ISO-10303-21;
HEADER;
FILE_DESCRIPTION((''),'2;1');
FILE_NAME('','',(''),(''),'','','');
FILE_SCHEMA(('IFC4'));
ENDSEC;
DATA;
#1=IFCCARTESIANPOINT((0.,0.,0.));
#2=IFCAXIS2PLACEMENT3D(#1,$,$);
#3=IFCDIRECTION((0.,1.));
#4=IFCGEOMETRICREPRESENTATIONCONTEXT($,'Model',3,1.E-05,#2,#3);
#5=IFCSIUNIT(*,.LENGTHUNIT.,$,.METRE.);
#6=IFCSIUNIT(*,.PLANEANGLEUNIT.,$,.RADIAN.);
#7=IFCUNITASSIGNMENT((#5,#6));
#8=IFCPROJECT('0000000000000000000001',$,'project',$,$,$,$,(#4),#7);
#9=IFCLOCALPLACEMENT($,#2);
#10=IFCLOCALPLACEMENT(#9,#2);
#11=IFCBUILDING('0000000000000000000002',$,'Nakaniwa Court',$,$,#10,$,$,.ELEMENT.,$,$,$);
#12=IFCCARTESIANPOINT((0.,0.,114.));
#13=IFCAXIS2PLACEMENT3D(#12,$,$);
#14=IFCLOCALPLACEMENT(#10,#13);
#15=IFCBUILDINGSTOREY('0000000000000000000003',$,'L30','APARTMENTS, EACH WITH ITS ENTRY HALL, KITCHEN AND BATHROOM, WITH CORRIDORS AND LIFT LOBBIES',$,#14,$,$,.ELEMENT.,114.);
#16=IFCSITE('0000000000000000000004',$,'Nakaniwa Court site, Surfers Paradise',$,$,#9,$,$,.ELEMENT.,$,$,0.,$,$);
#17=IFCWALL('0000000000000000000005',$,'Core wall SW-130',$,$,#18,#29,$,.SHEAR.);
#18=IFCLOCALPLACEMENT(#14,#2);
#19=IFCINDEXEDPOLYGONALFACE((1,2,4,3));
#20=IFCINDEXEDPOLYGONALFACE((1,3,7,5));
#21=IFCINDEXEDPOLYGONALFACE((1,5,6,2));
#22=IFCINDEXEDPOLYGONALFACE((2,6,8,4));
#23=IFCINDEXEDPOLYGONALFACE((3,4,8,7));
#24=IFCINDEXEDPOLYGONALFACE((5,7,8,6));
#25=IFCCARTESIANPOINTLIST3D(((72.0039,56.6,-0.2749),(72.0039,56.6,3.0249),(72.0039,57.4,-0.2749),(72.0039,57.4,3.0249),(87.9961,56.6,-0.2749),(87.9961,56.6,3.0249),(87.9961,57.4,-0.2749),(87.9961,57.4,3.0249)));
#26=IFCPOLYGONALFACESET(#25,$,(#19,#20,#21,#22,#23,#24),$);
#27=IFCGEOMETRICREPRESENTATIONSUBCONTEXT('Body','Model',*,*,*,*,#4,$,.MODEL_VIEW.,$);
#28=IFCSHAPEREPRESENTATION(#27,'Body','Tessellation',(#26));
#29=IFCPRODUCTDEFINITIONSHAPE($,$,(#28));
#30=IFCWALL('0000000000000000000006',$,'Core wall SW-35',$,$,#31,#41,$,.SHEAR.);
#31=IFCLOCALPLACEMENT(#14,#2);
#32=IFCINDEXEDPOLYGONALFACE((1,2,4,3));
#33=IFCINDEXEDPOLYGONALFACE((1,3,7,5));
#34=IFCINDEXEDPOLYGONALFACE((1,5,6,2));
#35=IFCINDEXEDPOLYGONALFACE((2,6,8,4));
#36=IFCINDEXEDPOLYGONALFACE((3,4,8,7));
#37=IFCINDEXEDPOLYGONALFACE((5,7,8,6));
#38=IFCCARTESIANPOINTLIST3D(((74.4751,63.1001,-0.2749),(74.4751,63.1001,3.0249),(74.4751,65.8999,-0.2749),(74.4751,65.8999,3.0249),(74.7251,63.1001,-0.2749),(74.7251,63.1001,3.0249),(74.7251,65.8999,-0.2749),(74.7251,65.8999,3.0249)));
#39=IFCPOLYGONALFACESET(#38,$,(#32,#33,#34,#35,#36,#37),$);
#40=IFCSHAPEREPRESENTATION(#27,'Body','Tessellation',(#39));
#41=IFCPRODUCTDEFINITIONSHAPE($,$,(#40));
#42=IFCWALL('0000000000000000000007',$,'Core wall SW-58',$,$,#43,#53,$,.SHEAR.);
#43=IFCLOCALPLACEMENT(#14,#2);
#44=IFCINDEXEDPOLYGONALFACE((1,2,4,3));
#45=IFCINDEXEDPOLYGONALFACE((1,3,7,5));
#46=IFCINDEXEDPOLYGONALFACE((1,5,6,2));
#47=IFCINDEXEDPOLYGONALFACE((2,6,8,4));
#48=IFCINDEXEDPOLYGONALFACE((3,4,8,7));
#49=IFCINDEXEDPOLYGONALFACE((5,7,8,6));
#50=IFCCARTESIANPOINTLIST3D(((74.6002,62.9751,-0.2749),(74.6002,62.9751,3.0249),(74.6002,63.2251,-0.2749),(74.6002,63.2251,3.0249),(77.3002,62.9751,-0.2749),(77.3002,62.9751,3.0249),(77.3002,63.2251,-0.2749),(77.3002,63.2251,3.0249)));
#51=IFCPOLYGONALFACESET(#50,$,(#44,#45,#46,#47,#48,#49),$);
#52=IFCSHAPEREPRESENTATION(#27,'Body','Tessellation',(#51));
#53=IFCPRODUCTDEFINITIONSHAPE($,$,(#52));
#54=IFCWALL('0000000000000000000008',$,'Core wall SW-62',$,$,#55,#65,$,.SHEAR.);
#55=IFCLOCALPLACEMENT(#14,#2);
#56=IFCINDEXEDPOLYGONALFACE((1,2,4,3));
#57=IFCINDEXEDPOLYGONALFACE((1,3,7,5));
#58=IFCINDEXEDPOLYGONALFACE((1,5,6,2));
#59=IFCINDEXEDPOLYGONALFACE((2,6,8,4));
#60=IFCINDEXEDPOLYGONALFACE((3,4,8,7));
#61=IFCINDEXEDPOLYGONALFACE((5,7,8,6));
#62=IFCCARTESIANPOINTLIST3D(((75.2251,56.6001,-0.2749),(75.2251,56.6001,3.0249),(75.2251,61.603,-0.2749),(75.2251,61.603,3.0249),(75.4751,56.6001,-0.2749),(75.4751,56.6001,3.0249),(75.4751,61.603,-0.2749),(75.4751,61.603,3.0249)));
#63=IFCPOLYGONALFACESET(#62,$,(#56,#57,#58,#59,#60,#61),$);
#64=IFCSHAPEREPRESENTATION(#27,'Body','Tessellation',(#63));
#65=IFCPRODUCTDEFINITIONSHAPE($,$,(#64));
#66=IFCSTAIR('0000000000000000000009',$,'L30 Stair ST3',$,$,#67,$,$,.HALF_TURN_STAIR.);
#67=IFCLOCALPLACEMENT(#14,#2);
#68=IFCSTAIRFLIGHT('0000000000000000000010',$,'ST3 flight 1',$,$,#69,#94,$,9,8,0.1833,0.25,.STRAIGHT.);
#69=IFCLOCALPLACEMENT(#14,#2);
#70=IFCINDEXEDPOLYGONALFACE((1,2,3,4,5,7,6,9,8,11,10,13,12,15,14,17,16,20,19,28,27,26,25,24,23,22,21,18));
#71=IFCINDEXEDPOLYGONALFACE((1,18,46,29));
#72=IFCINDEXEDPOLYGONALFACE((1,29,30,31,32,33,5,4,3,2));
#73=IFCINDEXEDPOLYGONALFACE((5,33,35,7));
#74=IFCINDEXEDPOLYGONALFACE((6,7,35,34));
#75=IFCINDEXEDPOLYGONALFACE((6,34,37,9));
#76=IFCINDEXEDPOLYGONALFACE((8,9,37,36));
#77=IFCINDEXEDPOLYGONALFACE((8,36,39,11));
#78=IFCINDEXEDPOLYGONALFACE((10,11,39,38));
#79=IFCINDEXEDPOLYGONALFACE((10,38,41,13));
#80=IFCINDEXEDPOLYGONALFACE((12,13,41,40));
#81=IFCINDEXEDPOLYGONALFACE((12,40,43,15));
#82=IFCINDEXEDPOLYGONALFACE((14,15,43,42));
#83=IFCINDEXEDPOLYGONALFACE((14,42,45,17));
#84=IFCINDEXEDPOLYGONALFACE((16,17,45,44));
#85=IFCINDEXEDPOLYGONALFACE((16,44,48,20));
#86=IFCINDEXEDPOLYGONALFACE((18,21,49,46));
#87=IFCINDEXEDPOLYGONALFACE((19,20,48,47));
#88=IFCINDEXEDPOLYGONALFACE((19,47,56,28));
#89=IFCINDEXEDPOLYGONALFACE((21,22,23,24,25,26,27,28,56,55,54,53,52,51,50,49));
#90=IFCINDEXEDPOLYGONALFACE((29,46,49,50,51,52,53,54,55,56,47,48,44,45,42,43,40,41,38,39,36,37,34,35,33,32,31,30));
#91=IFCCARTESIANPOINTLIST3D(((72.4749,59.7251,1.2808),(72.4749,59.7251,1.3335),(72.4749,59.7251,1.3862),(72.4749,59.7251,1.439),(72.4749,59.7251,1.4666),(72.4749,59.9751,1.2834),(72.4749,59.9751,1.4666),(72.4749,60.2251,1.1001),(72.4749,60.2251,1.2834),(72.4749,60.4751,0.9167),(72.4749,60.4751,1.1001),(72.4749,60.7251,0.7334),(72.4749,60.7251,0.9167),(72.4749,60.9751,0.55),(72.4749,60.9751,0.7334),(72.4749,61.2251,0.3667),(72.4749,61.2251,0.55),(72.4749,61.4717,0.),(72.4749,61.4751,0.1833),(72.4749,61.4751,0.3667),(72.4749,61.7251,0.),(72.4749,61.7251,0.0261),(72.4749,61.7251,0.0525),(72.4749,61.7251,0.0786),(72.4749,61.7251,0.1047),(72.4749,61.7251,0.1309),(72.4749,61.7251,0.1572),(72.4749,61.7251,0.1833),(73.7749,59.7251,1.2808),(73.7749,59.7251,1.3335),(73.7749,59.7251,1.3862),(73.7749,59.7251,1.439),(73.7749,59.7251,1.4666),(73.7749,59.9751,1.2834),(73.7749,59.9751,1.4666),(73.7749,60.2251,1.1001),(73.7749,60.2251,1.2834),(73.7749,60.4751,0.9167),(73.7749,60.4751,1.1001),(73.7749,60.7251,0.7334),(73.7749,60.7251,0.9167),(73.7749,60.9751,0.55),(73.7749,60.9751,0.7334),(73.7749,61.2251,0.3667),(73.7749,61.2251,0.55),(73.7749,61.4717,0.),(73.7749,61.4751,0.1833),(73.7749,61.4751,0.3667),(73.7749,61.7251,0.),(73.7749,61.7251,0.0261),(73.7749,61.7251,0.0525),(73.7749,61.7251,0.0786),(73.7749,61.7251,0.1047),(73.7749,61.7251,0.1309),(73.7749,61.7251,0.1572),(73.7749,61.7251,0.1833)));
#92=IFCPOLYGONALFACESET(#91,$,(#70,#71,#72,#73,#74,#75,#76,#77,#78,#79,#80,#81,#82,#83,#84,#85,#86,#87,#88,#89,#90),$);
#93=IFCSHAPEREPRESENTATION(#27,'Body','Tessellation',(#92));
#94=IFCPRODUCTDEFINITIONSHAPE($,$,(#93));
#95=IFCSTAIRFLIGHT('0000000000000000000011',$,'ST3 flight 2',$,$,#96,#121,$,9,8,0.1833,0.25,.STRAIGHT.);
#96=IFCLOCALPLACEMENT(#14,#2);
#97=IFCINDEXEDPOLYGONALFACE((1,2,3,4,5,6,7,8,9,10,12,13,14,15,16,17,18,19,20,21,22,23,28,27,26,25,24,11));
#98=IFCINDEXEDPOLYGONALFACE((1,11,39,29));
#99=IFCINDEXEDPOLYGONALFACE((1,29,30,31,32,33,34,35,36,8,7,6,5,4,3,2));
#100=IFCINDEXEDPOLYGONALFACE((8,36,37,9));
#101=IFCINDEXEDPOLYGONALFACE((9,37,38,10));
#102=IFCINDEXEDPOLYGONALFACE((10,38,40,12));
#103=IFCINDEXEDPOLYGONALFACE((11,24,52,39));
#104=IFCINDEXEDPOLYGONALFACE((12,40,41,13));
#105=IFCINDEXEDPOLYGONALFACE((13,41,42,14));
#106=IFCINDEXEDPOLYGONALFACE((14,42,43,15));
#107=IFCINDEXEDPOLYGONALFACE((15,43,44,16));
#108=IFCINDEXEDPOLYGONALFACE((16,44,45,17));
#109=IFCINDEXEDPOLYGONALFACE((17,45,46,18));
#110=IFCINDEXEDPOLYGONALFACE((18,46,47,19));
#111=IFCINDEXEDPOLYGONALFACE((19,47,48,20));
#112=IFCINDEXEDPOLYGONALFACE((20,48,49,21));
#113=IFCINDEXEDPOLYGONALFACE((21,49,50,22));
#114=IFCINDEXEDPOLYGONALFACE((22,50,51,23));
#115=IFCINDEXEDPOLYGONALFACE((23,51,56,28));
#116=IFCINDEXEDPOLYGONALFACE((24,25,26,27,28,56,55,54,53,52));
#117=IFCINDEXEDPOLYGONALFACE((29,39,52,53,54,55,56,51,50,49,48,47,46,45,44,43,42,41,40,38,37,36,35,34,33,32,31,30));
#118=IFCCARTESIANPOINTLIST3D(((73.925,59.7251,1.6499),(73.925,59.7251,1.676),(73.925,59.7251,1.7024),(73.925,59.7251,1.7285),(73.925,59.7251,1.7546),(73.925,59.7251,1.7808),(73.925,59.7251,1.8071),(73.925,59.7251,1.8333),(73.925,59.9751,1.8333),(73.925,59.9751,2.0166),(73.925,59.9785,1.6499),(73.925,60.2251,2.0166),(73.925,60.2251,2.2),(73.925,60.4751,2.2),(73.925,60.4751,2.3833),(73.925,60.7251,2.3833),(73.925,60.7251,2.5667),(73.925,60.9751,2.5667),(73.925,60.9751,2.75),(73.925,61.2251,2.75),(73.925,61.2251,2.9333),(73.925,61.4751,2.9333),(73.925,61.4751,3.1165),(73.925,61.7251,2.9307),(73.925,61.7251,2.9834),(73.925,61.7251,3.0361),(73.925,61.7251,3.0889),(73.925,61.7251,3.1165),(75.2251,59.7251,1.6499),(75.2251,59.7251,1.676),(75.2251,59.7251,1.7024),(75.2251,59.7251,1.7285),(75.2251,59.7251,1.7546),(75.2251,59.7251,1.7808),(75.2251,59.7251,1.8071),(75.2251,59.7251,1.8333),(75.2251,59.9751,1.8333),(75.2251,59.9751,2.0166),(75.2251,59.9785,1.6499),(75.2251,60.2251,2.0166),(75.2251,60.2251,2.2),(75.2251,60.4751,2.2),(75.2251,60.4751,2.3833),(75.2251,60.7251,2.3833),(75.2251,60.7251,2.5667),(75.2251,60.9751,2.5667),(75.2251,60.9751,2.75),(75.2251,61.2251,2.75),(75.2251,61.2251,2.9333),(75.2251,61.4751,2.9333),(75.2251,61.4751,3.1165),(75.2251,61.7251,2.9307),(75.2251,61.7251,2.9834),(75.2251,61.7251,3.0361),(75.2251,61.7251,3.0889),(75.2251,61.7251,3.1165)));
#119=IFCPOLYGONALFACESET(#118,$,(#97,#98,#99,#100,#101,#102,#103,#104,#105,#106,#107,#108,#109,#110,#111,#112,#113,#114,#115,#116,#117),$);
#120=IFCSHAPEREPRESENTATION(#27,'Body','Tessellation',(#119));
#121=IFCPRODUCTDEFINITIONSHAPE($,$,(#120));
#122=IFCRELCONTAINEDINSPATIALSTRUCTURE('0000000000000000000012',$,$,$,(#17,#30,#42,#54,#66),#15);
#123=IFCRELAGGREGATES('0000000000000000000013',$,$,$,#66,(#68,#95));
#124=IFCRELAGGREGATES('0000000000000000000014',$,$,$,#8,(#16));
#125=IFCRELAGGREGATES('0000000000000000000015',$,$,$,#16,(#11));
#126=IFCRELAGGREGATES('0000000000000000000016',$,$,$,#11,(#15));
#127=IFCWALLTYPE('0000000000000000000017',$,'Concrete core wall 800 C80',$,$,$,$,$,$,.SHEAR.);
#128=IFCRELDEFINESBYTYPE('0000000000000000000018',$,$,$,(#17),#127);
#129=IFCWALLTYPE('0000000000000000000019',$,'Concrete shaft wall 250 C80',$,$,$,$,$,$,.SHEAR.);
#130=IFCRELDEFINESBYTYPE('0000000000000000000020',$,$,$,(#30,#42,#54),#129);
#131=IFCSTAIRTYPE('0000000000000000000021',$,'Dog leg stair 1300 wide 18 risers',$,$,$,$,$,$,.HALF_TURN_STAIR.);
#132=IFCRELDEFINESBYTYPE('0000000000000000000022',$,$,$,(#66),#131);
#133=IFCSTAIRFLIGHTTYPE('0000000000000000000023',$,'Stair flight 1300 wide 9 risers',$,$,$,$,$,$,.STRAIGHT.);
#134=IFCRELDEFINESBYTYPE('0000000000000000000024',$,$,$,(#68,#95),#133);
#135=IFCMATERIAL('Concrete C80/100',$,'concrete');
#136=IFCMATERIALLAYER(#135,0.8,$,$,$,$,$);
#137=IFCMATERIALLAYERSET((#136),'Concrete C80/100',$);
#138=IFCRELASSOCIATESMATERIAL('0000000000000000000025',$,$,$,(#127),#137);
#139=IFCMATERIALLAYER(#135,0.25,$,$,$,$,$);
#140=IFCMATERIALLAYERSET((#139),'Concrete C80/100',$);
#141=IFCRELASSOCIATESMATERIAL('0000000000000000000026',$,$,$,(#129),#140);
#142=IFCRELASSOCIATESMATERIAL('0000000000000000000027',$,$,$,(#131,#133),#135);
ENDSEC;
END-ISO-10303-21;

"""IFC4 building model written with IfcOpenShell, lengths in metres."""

from ifc_helpers import new_model, si_unit, direction, frame, frame_2d, origin, place, context, subcontext, project, spatial, polyline, rectangle, outline, extrude, material, layer, layer_set, type_object, element, aggregate, save


model = new_model("IFC4")

# Units and contexts
model_context = context("Model", 3, precision=1e-05, world=origin(), true_north=direction((0.0, 1.0)))
body_context = subcontext(model_context, "Body", "Model", "MODEL_VIEW")
ifc_project = project(units=[si_unit("LENGTHUNIT", "METRE"), si_unit("PLANEANGLEUNIT", "RADIAN")], contexts=[model_context])

# Site, building, storey
site_placement = place(None, origin())
site = spatial("IfcSite", under=ifc_project, at=site_placement, Name="Nakaniwa Court site, Surfers Paradise", CompositionType="ELEMENT", RefElevation=0.0)
building_placement = place(site_placement, origin())
building = spatial("IfcBuilding", under=site, at=building_placement, Name="Nakaniwa Court", CompositionType="ELEMENT")
storey_placement = place(building_placement, frame((0.0, 0.0, 114.0)))
storey = spatial("IfcBuildingStorey", under=building, at=storey_placement, Name="L30", Description="APARTMENTS, EACH WITH ITS ENTRY HALL, KITCHEN AND BATHROOM, WITH CORRIDORS AND LIFT LOBBIES", CompositionType="ELEMENT", Elevation=114.0)

# Shared definitions
ifc_material_1 = material(Name="Concrete C80/100", Category="concrete")

# Walls
ifc_layer_1 = layer(ifc_material_1, 0.8)
ifc_layer_set_1 = layer_set([ifc_layer_1], Name="Concrete C80/100")
wall_type_1 = type_object("IfcWallType", Name="Concrete core wall 800 C80", PredefinedType="SHEAR", material=ifc_layer_set_1)
wall_1_placement = place(storey_placement, frame((72.0039, 57.0, -0.2749), z_axis=(0.0, 0.0, 1.0), x_axis=(1.0, 0.0, 0.0)))
element("IfcWall", 1, at=wall_1_placement, inside=storey, type_object=wall_type_1, Name="Core wall SW-130", PredefinedType="SHEAR", context=body_context, shape_type="SweptSolid", body=[
    extrude(rectangle(XDim=15.9922, YDim=0.8, at=frame_2d((7.9961, 0.0))), origin(), (0.0, 0.0, 1.0), 3.2998),
])
ifc_layer_2 = layer(ifc_material_1, 0.25)
ifc_layer_set_2 = layer_set([ifc_layer_2], Name="Concrete C80/100")
wall_type_2 = type_object("IfcWallType", Name="Concrete shaft wall 250 C80", PredefinedType="SHEAR", material=ifc_layer_set_2)
wall_2_placement = place(storey_placement, frame((74.6001, 63.1001, -0.2749), z_axis=(0.0, 0.0, 1.0), x_axis=(0.0, 1.0, 0.0)))
element("IfcWall", 2, at=wall_2_placement, inside=storey, type_object=wall_type_2, Name="Core wall SW-35", PredefinedType="SHEAR", context=body_context, shape_type="SweptSolid", body=[
    extrude(rectangle(XDim=2.7998, YDim=0.25, at=frame_2d((1.3999, 0.0))), origin(), (0.0, 0.0, 1.0), 3.2998),
])
wall_3_placement = place(storey_placement, frame((74.6001, 63.1001, -0.2749), z_axis=(0.0, 0.0, 1.0), x_axis=(1.0, 0.0, 0.0)))
element("IfcWall", 3, at=wall_3_placement, inside=storey, type_object=wall_type_2, Name="Core wall SW-58", PredefinedType="SHEAR", context=body_context, shape_type="SweptSolid", body=[
    extrude(rectangle(XDim=2.7, YDim=0.25, at=frame_2d((1.3501, 0.0))), origin(), (0.0, 0.0, 1.0), 3.2998),
])
wall_4_placement = place(storey_placement, frame((75.3501, 56.6001, -0.2749), z_axis=(0.0, 0.0, 1.0), x_axis=(0.0, 1.0, 0.0)))
element("IfcWall", 4, at=wall_4_placement, inside=storey, type_object=wall_type_2, Name="Core wall SW-62", PredefinedType="SHEAR", context=body_context, shape_type="SweptSolid", body=[
    extrude(rectangle(XDim=5.0029, YDim=0.25, at=frame_2d((2.5015, 0.0))), origin(), (0.0, 0.0, 1.0), 3.2998),
])

# Stair, stair flights
stair_type = type_object("IfcStairType", Name="Dog leg stair 1300 wide 18 risers", PredefinedType="HALF_TURN_STAIR", material=ifc_material_1)
stair_placement = place(storey_placement, origin())
stair = element("IfcStair", 5, at=stair_placement, inside=storey, type_object=stair_type, Name="L30 Stair ST3", PredefinedType="HALF_TURN_STAIR")
stair_flight_type = type_object("IfcStairFlightType", Name="Stair flight 1300 wide 9 risers", PredefinedType="STRAIGHT", material=ifc_material_1)
stair_flight_1_placement = place(storey_placement, frame((73.125, 61.7251, 0.0), z_axis=(0.0, 0.0, 1.0), x_axis=(0.0, -1.0, 0.0)))
stair_flight_1 = element("IfcStairFlight", 6, at=stair_flight_1_placement, type_object=stair_flight_type, Name="ST3 flight 1", NumberOfRisers=9, NumberOfTreads=8, PredefinedType="STRAIGHT", RiserHeight=0.1833, TreadLength=0.25, context=body_context, shape_type="SweptSolid", body=[
    extrude(outline(polyline([(0.0, 0.0), (0.0, 0.0261), (0.0, 0.0525), (0.0, 0.0786), (0.0, 0.1047), (0.0, 0.1309), (0.0, 0.1572), (0.0, 0.1833), (0.25, 0.1833), (0.25, 0.3667), (0.5, 0.3667), (0.5, 0.55), (0.75, 0.55), (0.75, 0.7334), (1.0, 0.7334), (1.0, 0.9167), (1.25, 0.9167), (1.25, 1.1001), (1.5, 1.1001), (1.5, 1.2834), (1.75, 1.2834), (1.75, 1.4666), (2.0, 1.4666), (2.0, 1.6499), (2.0, 1.5972), (2.0, 1.5444), (2.0, 1.4917), (2.0, 1.439), (2.0, 1.3862), (2.0, 1.3335), (2.0, 1.2808), (0.2534, 0.0), (0.0, 0.0)])), frame((0.0, 0.6499, 0.0), z_axis=(0.0, -1.0, 0.0), x_axis=(1.0, 0.0, 0.0)), (0.0, 0.0, 1.0), 1.3),
])
stair_flight_2_placement = place(storey_placement, frame((74.575, 59.7251, 1.6499), z_axis=(0.0, 0.0, 1.0), x_axis=(0.0, 1.0, 0.0)))
stair_flight_2 = element("IfcStairFlight", 7, at=stair_flight_2_placement, type_object=stair_flight_type, Name="ST3 flight 2", NumberOfRisers=9, NumberOfTreads=8, PredefinedType="STRAIGHT", RiserHeight=0.1833, TreadLength=0.25, context=body_context, shape_type="SweptSolid", body=[
    extrude(outline(polyline([(0.0, 0.0), (0.0, 0.0261), (0.0, 0.0525), (0.0, 0.0786), (0.0, 0.1047), (0.0, 0.1309), (0.0, 0.1572), (0.0, 0.1833), (0.25, 0.1833), (0.25, 0.3667), (0.5, 0.3667), (0.5, 0.55), (0.75, 0.55), (0.75, 0.7334), (1.0, 0.7334), (1.0, 0.9167), (1.25, 0.9167), (1.25, 1.1001), (1.5, 1.1001), (1.5, 1.2834), (1.75, 1.2834), (1.75, 1.4666), (2.0, 1.4666), (2.0, 1.6499), (2.0, 1.5972), (2.0, 1.5444), (2.0, 1.4917), (2.0, 1.439), (2.0, 1.3862), (2.0, 1.3335), (2.0, 1.2808), (0.2534, 0.0), (0.0, 0.0)])), frame((0.0, 0.6499, 0.0), z_axis=(0.0, -1.0, 0.0), x_axis=(1.0, 0.0, 0.0)), (0.0, 0.0, 1.0), 1.3),
])
aggregate(stair, [stair_flight_1, stair_flight_2])

save(model, "model.ifc")
